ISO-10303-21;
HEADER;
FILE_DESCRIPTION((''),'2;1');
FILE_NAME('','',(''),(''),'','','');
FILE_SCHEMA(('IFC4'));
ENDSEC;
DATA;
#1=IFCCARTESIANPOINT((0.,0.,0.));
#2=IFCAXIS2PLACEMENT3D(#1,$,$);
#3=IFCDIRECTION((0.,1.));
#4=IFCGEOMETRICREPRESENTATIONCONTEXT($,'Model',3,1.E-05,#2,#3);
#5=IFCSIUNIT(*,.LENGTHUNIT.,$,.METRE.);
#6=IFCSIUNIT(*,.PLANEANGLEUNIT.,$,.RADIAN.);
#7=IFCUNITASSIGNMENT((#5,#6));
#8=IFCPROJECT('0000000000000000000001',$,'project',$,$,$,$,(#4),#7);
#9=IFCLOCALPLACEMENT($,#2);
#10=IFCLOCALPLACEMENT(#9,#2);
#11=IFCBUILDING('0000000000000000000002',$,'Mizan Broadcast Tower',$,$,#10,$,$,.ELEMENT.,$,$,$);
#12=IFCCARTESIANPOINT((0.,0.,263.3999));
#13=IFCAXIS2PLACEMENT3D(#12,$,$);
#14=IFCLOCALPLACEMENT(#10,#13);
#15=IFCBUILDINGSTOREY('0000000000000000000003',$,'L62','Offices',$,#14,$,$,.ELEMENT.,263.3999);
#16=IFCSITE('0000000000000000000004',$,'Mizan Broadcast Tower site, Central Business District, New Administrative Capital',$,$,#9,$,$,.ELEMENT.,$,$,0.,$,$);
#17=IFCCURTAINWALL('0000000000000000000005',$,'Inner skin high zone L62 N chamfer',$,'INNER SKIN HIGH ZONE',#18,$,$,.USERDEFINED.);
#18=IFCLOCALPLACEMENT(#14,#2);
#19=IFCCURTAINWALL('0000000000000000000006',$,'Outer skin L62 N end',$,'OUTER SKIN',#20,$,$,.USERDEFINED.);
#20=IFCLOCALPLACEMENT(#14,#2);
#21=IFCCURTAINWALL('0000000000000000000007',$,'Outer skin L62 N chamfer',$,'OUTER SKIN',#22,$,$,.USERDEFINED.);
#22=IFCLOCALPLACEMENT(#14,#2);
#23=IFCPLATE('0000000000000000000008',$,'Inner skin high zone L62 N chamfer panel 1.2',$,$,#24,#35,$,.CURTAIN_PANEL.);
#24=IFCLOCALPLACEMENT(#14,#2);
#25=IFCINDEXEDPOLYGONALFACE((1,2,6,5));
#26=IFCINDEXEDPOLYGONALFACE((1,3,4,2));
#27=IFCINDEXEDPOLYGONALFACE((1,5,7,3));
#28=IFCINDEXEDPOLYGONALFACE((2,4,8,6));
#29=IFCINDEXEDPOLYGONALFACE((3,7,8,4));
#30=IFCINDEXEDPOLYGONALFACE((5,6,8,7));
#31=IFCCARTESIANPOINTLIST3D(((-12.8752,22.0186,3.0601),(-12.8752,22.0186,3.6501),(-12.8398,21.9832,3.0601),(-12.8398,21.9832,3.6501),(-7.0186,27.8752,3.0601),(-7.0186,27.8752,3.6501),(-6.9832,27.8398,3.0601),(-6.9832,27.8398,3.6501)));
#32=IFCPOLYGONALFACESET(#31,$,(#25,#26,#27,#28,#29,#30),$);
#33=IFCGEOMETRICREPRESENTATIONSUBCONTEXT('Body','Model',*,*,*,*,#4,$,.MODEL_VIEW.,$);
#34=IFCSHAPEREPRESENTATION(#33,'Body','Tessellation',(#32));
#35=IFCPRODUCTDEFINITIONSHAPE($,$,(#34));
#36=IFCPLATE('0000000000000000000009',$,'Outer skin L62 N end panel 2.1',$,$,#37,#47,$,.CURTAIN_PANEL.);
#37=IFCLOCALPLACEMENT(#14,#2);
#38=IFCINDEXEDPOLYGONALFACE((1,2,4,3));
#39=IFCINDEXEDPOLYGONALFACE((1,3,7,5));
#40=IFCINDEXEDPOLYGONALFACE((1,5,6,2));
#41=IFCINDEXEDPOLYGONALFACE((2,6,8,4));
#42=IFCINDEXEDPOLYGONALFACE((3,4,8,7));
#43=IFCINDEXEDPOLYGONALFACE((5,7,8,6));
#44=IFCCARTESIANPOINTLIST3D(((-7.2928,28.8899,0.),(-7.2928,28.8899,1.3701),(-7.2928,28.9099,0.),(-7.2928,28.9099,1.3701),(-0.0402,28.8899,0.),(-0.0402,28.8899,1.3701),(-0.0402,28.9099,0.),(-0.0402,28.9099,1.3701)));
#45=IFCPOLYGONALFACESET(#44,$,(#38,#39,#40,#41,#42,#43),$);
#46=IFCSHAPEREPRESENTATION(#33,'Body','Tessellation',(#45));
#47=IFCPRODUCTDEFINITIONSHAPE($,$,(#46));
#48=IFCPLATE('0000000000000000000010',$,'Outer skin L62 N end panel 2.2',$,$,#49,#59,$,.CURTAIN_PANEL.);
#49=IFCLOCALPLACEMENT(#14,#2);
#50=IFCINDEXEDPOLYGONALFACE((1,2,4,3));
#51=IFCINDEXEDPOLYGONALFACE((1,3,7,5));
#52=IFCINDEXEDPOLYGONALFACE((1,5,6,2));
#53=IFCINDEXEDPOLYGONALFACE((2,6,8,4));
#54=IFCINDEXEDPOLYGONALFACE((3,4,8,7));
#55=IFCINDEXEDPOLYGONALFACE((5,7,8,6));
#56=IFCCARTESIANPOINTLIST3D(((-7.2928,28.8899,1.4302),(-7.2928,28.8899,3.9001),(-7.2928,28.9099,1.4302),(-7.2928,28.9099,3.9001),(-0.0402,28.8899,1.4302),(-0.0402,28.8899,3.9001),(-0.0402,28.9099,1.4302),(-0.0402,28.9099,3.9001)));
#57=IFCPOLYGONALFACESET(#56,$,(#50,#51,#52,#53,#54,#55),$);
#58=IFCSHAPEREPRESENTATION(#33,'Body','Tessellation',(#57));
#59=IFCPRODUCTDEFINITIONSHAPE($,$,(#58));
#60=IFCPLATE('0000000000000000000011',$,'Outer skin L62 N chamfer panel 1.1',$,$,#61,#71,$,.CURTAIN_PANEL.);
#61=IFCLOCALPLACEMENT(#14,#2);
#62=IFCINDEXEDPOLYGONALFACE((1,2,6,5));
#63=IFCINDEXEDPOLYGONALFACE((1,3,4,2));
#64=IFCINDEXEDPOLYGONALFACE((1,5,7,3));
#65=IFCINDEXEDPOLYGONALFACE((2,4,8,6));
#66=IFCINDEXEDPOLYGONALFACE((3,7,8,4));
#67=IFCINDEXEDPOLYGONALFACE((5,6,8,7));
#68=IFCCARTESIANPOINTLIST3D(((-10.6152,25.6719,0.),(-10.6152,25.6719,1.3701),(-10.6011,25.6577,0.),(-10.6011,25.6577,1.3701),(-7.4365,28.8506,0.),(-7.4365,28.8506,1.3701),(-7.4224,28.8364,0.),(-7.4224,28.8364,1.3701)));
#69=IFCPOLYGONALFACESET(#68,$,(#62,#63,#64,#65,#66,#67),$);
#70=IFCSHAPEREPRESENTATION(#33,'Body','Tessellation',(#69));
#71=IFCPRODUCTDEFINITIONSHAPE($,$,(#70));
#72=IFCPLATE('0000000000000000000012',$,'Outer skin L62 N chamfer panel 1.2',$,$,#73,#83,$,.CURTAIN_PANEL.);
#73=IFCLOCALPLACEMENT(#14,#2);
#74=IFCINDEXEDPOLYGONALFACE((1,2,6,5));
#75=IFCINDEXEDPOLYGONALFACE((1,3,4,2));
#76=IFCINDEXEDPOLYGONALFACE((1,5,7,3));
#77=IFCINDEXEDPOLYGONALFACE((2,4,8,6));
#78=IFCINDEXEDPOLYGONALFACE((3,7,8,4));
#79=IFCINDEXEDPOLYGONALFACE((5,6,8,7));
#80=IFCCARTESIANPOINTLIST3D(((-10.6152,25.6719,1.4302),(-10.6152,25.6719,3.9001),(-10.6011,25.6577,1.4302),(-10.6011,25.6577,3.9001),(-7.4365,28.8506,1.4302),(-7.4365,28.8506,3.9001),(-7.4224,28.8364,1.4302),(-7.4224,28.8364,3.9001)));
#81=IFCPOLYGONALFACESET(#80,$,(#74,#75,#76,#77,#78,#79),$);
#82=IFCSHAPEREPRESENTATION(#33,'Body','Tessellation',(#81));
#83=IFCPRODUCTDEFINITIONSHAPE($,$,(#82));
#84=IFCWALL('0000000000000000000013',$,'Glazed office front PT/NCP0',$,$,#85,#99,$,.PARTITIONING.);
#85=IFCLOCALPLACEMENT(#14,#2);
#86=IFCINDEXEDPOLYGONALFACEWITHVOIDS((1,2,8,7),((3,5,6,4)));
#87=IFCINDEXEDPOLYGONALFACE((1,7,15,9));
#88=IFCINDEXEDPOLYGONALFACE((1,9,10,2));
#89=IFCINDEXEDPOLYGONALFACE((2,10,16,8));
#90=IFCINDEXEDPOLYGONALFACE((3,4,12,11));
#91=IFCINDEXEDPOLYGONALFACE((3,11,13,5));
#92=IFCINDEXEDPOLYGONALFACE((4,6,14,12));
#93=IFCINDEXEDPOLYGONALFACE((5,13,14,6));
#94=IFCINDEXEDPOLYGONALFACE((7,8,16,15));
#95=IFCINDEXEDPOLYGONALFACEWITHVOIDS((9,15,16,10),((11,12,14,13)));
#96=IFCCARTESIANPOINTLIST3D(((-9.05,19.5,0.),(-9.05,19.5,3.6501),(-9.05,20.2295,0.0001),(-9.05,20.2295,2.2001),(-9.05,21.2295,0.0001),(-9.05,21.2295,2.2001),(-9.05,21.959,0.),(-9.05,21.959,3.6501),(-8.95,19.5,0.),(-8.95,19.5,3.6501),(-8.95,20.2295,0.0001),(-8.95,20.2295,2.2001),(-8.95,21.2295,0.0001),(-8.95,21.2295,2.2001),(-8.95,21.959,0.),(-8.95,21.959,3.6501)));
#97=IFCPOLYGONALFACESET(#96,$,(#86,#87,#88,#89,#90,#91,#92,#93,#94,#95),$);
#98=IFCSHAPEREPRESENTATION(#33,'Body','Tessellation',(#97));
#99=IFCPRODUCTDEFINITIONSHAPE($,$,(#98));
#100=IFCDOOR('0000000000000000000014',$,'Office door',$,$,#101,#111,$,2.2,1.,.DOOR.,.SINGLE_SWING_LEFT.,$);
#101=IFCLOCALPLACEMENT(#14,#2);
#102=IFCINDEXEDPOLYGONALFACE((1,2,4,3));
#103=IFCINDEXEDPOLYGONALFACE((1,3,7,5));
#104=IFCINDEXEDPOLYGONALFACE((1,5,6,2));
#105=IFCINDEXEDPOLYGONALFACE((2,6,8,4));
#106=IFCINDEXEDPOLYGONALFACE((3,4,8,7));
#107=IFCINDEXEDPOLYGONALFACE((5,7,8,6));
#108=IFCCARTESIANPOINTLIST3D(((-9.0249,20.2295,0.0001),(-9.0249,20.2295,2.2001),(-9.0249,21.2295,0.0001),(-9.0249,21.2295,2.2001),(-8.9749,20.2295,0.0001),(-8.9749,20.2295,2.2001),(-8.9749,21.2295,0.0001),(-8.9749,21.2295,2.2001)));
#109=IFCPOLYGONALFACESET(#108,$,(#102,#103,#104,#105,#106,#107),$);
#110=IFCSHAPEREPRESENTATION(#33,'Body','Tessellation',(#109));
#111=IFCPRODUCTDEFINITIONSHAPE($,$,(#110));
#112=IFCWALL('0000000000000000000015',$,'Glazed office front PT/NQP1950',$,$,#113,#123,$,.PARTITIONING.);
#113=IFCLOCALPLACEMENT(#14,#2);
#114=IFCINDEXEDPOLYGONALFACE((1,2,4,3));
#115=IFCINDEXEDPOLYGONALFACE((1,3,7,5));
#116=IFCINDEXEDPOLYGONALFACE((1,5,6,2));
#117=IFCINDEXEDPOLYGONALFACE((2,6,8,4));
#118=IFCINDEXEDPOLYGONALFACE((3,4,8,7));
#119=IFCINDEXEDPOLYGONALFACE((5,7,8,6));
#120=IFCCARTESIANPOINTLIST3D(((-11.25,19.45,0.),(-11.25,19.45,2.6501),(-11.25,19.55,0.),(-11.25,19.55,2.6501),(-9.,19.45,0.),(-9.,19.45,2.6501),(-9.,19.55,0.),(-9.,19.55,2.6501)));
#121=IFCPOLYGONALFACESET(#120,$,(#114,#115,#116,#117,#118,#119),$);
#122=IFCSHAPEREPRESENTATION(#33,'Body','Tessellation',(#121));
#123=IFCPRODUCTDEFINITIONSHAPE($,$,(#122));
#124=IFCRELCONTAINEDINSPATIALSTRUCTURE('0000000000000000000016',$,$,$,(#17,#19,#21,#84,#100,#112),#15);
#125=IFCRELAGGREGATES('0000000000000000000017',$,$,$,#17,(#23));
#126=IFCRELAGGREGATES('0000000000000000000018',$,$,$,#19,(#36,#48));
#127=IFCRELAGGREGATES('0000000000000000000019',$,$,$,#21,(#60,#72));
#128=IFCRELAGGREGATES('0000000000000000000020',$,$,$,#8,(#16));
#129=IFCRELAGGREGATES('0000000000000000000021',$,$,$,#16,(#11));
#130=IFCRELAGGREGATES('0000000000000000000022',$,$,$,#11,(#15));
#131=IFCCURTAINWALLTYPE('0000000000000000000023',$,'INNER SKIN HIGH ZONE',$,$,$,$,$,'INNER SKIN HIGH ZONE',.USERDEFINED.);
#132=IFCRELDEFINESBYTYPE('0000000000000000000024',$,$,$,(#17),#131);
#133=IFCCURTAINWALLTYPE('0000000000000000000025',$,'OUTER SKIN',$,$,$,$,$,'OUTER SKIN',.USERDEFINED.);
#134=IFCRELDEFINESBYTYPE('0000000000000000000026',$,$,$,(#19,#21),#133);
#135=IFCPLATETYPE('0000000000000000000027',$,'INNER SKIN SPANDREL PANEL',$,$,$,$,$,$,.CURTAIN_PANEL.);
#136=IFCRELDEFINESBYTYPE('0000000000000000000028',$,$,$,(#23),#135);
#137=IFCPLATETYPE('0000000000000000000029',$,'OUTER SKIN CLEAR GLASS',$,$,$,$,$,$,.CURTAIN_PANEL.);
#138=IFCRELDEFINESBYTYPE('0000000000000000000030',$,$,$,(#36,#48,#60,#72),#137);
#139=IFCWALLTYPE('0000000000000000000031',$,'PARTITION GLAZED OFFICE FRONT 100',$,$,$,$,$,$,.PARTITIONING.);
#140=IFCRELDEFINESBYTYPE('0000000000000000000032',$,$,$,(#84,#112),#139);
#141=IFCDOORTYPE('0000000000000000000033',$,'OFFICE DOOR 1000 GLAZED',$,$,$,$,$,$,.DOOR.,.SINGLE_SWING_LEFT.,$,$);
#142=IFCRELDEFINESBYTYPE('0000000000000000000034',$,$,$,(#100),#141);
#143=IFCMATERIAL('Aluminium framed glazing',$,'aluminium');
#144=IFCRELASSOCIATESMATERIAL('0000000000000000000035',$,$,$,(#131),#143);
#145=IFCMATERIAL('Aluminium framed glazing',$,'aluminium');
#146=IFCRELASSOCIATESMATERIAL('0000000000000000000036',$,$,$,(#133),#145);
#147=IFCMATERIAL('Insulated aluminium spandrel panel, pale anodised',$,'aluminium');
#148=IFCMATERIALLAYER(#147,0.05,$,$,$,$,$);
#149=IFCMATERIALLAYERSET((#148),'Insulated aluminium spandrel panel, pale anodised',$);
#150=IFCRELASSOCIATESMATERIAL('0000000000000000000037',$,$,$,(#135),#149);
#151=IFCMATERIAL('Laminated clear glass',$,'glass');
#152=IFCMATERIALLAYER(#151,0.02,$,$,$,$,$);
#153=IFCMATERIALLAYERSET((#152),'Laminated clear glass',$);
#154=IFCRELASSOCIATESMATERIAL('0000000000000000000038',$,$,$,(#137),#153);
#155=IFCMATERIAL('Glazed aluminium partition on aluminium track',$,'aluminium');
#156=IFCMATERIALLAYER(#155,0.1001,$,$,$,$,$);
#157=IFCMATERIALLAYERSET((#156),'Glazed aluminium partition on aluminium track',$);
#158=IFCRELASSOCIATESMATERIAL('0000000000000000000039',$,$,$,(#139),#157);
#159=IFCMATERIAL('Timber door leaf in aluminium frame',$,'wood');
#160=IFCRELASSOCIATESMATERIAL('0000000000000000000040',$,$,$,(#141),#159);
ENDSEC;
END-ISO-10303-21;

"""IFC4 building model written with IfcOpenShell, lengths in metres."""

from ifc_helpers import new_model, si_unit, direction, frame, frame_2d, origin, origin_2d, place, context, subcontext, project, spatial, rectangle, extrude, material, layer, layer_set, type_object, element, fill, aggregate, save


model = new_model("IFC4")

# Units and contexts
model_context = context("Model", 3, precision=1e-05, world=origin(), true_north=direction((0.0, 1.0)))
body_context = subcontext(model_context, "Body", "Model", "MODEL_VIEW")
ifc_project = project(units=[si_unit("LENGTHUNIT", "METRE"), si_unit("PLANEANGLEUNIT", "RADIAN")], contexts=[model_context])

# Site, building, storey
site_placement = place(None, origin())
site = spatial("IfcSite", under=ifc_project, at=site_placement, Name="Mizan Broadcast Tower site, Central Business District, New Administrative Capital", CompositionType="ELEMENT", RefElevation=0.0)
building_placement = place(site_placement, origin())
building = spatial("IfcBuilding", under=site, at=building_placement, Name="Mizan Broadcast Tower", CompositionType="ELEMENT")
storey_placement = place(building_placement, frame((0.0, 0.0, 263.3999)))
storey = spatial("IfcBuildingStorey", under=building, at=storey_placement, Name="L62", Description="Offices", CompositionType="ELEMENT", Elevation=263.3999)

# Shared definitions
ifc_material_1 = material(Name="Aluminium framed glazing", Category="aluminium")
curtain_wall_type_1 = type_object("IfcCurtainWallType", Name="INNER SKIN HIGH ZONE", ElementType="INNER SKIN HIGH ZONE", PredefinedType="USERDEFINED", material=ifc_material_1)

# Curtain walls
curtain_wall_1_placement = place(storey_placement, origin())
curtain_wall_1 = element("IfcCurtainWall", 1, at=curtain_wall_1_placement, inside=storey, type_object=curtain_wall_type_1, Name="Inner skin high zone L62 N chamfer", ObjectType="INNER SKIN HIGH ZONE", PredefinedType="USERDEFINED")
ifc_material_2 = material(Name="Aluminium framed glazing", Category="aluminium")
curtain_wall_type_2 = type_object("IfcCurtainWallType", Name="OUTER SKIN", ElementType="OUTER SKIN", PredefinedType="USERDEFINED", material=ifc_material_2)
curtain_wall_2_placement = place(storey_placement, origin())
curtain_wall_2 = element("IfcCurtainWall", 2, at=curtain_wall_2_placement, inside=storey, type_object=curtain_wall_type_2, Name="Outer skin L62 N end", ObjectType="OUTER SKIN", PredefinedType="USERDEFINED")
curtain_wall_3_placement = place(storey_placement, origin())
curtain_wall_3 = element("IfcCurtainWall", 3, at=curtain_wall_3_placement, inside=storey, type_object=curtain_wall_type_2, Name="Outer skin L62 N chamfer", ObjectType="OUTER SKIN", PredefinedType="USERDEFINED")

# Plates
ifc_material_3 = material(Name="Insulated aluminium spandrel panel, pale anodised", Category="aluminium")
ifc_layer_1 = layer(ifc_material_3, 0.05)
ifc_layer_set_1 = layer_set([ifc_layer_1], Name="Insulated aluminium spandrel panel, pale anodised")
plate_type_1 = type_object("IfcPlateType", Name="INNER SKIN SPANDREL PANEL", PredefinedType="CURTAIN_PANEL", material=ifc_layer_set_1)
plate_1_placement = place(storey_placement, frame((-9.9292, 24.9292, 3.0601), z_axis=(0.0, 0.0, 1.0), x_axis=(-0.707107, -0.707107, 0.0)))
plate_1 = element("IfcPlate", 4, at=plate_1_placement, type_object=plate_type_1, Name="Inner skin high zone L62 N chamfer panel 1.2", PredefinedType="CURTAIN_PANEL", context=body_context, shape_type="SweptSolid", body=[
    extrude(rectangle(XDim=8.2825, YDim=0.05, at=origin_2d()), origin(), (0.0, 0.0, 1.0), 0.5901),
])
aggregate(curtain_wall_1, [plate_1])
ifc_material_4 = material(Name="Laminated clear glass", Category="glass")
ifc_layer_2 = layer(ifc_material_4, 0.02)
ifc_layer_set_2 = layer_set([ifc_layer_2], Name="Laminated clear glass")
plate_type_2 = type_object("IfcPlateType", Name="OUTER SKIN CLEAR GLASS", PredefinedType="CURTAIN_PANEL", material=ifc_layer_set_2)
plate_2_placement = place(storey_placement, frame((-3.6665, 28.8999, 0.0), z_axis=(0.0, 0.0, 1.0), x_axis=(-1.0, 0.0, 0.0)))
plate_2 = element("IfcPlate", 5, at=plate_2_placement, type_object=plate_type_2, Name="Outer skin L62 N end panel 2.1", PredefinedType="CURTAIN_PANEL", context=body_context, shape_type="SweptSolid", body=[
    extrude(rectangle(XDim=7.2527, YDim=0.02, at=origin_2d()), origin(), (0.0, 0.0, 1.0), 1.3701),
])
plate_3_placement = place(storey_placement, frame((-3.6665, 28.8999, 1.4302), z_axis=(0.0, 0.0, 1.0), x_axis=(-1.0, 0.0, 0.0)))
plate_3 = element("IfcPlate", 6, at=plate_3_placement, type_object=plate_type_2, Name="Outer skin L62 N end panel 2.2", PredefinedType="CURTAIN_PANEL", context=body_context, shape_type="SweptSolid", body=[
    extrude(rectangle(XDim=7.2527, YDim=0.02, at=origin_2d()), origin(), (0.0, 0.0, 1.0), 2.47),
])
aggregate(curtain_wall_2, [plate_2, plate_3])
plate_4_placement = place(storey_placement, frame((-9.0188, 27.2542, 0.0), z_axis=(0.0, 0.0, 1.0), x_axis=(-0.707107, -0.707107, 0.0)))
plate_4 = element("IfcPlate", 7, at=plate_4_placement, type_object=plate_type_2, Name="Outer skin L62 N chamfer panel 1.1", PredefinedType="CURTAIN_PANEL", context=body_context, shape_type="SweptSolid", body=[
    extrude(rectangle(XDim=4.4954, YDim=0.02, at=origin_2d()), origin(), (0.0, 0.0, 1.0), 1.3701),
])
plate_5_placement = place(storey_placement, frame((-9.0188, 27.2542, 1.4302), z_axis=(0.0, 0.0, 1.0), x_axis=(-0.707107, -0.707107, 0.0)))
plate_5 = element("IfcPlate", 8, at=plate_5_placement, type_object=plate_type_2, Name="Outer skin L62 N chamfer panel 1.2", PredefinedType="CURTAIN_PANEL", context=body_context, shape_type="SweptSolid", body=[
    extrude(rectangle(XDim=4.4954, YDim=0.02, at=origin_2d()), origin(), (0.0, 0.0, 1.0), 2.47),
])
aggregate(curtain_wall_3, [plate_4, plate_5])

# Wall, opening, door
ifc_material_5 = material(Name="Glazed aluminium partition on aluminium track", Category="aluminium")
ifc_layer_3 = layer(ifc_material_5, 0.1001)
ifc_layer_set_3 = layer_set([ifc_layer_3], Name="Glazed aluminium partition on aluminium track")
wall_type = type_object("IfcWallType", Name="PARTITION GLAZED OFFICE FRONT 100", PredefinedType="PARTITIONING", material=ifc_layer_set_3)
wall_1_placement = place(storey_placement, frame((-9.0, 19.5, 0.0), z_axis=(0.0, 0.0, 1.0), x_axis=(0.0, 1.0, 0.0)))
wall_1 = element("IfcWall", 9, at=wall_1_placement, inside=storey, type_object=wall_type, Name="Glazed office front PT/NCP0", PredefinedType="PARTITIONING", context=body_context, shape_type="SweptSolid", body=[
    extrude(rectangle(XDim=2.459, YDim=0.1001, at=frame_2d((1.2295, 0.0))), origin(), (0.0, 0.0, 1.0), 3.6501),
])
opening_placement = place(wall_1_placement, frame((0.7295, 0.0, 0.0)))
opening = element("IfcOpeningElement", 10, at=opening_placement, cuts=wall_1, PredefinedType="OPENING", context=body_context, shape_type="SweptSolid", body=[
    extrude(rectangle(XDim=1.0, YDim=2.2, at=frame_2d((0.5, 1.1001))), frame((0.0, 0.0601, 0.0), z_axis=(0.0, -1.0, 0.0), x_axis=(1.0, 0.0, 0.0)), (0.0, 0.0, 1.0), 0.1201),
])
ifc_material_6 = material(Name="Timber door leaf in aluminium frame", Category="wood")
door_type = type_object("IfcDoorType", Name="OFFICE DOOR 1000 GLAZED", OperationType="SINGLE_SWING_LEFT", PredefinedType="DOOR", material=ifc_material_6)
door_placement = place(opening_placement, origin())
door = element("IfcDoor", 11, at=door_placement, inside=storey, type_object=door_type, Name="Office door", OperationType="SINGLE_SWING_LEFT", OverallHeight=2.2, OverallWidth=1.0, PredefinedType="DOOR", context=body_context, shape_type="SweptSolid", body=[
    extrude(rectangle(XDim=1.0, YDim=2.2, at=frame_2d((0.5, 1.1001))), frame((0.0, 0.0249, 0.0), z_axis=(0.0, -1.0, 0.0), x_axis=(1.0, 0.0, 0.0)), (0.0, 0.0, 1.0), 0.05),
])
fill(opening, door)

# Wall
wall_2_placement = place(storey_placement, frame((-9.0, 19.5, 0.0), z_axis=(0.0, 0.0, 1.0), x_axis=(-1.0, 0.0, 0.0)))
element("IfcWall", 12, at=wall_2_placement, inside=storey, type_object=wall_type, Name="Glazed office front PT/NQP1950", PredefinedType="PARTITIONING", context=body_context, shape_type="SweptSolid", body=[
    extrude(rectangle(XDim=2.25, YDim=0.1001, at=frame_2d((1.125, 0.0))), origin(), (0.0, 0.0, 1.0), 2.6501),
])

save(model, "model.ifc")
